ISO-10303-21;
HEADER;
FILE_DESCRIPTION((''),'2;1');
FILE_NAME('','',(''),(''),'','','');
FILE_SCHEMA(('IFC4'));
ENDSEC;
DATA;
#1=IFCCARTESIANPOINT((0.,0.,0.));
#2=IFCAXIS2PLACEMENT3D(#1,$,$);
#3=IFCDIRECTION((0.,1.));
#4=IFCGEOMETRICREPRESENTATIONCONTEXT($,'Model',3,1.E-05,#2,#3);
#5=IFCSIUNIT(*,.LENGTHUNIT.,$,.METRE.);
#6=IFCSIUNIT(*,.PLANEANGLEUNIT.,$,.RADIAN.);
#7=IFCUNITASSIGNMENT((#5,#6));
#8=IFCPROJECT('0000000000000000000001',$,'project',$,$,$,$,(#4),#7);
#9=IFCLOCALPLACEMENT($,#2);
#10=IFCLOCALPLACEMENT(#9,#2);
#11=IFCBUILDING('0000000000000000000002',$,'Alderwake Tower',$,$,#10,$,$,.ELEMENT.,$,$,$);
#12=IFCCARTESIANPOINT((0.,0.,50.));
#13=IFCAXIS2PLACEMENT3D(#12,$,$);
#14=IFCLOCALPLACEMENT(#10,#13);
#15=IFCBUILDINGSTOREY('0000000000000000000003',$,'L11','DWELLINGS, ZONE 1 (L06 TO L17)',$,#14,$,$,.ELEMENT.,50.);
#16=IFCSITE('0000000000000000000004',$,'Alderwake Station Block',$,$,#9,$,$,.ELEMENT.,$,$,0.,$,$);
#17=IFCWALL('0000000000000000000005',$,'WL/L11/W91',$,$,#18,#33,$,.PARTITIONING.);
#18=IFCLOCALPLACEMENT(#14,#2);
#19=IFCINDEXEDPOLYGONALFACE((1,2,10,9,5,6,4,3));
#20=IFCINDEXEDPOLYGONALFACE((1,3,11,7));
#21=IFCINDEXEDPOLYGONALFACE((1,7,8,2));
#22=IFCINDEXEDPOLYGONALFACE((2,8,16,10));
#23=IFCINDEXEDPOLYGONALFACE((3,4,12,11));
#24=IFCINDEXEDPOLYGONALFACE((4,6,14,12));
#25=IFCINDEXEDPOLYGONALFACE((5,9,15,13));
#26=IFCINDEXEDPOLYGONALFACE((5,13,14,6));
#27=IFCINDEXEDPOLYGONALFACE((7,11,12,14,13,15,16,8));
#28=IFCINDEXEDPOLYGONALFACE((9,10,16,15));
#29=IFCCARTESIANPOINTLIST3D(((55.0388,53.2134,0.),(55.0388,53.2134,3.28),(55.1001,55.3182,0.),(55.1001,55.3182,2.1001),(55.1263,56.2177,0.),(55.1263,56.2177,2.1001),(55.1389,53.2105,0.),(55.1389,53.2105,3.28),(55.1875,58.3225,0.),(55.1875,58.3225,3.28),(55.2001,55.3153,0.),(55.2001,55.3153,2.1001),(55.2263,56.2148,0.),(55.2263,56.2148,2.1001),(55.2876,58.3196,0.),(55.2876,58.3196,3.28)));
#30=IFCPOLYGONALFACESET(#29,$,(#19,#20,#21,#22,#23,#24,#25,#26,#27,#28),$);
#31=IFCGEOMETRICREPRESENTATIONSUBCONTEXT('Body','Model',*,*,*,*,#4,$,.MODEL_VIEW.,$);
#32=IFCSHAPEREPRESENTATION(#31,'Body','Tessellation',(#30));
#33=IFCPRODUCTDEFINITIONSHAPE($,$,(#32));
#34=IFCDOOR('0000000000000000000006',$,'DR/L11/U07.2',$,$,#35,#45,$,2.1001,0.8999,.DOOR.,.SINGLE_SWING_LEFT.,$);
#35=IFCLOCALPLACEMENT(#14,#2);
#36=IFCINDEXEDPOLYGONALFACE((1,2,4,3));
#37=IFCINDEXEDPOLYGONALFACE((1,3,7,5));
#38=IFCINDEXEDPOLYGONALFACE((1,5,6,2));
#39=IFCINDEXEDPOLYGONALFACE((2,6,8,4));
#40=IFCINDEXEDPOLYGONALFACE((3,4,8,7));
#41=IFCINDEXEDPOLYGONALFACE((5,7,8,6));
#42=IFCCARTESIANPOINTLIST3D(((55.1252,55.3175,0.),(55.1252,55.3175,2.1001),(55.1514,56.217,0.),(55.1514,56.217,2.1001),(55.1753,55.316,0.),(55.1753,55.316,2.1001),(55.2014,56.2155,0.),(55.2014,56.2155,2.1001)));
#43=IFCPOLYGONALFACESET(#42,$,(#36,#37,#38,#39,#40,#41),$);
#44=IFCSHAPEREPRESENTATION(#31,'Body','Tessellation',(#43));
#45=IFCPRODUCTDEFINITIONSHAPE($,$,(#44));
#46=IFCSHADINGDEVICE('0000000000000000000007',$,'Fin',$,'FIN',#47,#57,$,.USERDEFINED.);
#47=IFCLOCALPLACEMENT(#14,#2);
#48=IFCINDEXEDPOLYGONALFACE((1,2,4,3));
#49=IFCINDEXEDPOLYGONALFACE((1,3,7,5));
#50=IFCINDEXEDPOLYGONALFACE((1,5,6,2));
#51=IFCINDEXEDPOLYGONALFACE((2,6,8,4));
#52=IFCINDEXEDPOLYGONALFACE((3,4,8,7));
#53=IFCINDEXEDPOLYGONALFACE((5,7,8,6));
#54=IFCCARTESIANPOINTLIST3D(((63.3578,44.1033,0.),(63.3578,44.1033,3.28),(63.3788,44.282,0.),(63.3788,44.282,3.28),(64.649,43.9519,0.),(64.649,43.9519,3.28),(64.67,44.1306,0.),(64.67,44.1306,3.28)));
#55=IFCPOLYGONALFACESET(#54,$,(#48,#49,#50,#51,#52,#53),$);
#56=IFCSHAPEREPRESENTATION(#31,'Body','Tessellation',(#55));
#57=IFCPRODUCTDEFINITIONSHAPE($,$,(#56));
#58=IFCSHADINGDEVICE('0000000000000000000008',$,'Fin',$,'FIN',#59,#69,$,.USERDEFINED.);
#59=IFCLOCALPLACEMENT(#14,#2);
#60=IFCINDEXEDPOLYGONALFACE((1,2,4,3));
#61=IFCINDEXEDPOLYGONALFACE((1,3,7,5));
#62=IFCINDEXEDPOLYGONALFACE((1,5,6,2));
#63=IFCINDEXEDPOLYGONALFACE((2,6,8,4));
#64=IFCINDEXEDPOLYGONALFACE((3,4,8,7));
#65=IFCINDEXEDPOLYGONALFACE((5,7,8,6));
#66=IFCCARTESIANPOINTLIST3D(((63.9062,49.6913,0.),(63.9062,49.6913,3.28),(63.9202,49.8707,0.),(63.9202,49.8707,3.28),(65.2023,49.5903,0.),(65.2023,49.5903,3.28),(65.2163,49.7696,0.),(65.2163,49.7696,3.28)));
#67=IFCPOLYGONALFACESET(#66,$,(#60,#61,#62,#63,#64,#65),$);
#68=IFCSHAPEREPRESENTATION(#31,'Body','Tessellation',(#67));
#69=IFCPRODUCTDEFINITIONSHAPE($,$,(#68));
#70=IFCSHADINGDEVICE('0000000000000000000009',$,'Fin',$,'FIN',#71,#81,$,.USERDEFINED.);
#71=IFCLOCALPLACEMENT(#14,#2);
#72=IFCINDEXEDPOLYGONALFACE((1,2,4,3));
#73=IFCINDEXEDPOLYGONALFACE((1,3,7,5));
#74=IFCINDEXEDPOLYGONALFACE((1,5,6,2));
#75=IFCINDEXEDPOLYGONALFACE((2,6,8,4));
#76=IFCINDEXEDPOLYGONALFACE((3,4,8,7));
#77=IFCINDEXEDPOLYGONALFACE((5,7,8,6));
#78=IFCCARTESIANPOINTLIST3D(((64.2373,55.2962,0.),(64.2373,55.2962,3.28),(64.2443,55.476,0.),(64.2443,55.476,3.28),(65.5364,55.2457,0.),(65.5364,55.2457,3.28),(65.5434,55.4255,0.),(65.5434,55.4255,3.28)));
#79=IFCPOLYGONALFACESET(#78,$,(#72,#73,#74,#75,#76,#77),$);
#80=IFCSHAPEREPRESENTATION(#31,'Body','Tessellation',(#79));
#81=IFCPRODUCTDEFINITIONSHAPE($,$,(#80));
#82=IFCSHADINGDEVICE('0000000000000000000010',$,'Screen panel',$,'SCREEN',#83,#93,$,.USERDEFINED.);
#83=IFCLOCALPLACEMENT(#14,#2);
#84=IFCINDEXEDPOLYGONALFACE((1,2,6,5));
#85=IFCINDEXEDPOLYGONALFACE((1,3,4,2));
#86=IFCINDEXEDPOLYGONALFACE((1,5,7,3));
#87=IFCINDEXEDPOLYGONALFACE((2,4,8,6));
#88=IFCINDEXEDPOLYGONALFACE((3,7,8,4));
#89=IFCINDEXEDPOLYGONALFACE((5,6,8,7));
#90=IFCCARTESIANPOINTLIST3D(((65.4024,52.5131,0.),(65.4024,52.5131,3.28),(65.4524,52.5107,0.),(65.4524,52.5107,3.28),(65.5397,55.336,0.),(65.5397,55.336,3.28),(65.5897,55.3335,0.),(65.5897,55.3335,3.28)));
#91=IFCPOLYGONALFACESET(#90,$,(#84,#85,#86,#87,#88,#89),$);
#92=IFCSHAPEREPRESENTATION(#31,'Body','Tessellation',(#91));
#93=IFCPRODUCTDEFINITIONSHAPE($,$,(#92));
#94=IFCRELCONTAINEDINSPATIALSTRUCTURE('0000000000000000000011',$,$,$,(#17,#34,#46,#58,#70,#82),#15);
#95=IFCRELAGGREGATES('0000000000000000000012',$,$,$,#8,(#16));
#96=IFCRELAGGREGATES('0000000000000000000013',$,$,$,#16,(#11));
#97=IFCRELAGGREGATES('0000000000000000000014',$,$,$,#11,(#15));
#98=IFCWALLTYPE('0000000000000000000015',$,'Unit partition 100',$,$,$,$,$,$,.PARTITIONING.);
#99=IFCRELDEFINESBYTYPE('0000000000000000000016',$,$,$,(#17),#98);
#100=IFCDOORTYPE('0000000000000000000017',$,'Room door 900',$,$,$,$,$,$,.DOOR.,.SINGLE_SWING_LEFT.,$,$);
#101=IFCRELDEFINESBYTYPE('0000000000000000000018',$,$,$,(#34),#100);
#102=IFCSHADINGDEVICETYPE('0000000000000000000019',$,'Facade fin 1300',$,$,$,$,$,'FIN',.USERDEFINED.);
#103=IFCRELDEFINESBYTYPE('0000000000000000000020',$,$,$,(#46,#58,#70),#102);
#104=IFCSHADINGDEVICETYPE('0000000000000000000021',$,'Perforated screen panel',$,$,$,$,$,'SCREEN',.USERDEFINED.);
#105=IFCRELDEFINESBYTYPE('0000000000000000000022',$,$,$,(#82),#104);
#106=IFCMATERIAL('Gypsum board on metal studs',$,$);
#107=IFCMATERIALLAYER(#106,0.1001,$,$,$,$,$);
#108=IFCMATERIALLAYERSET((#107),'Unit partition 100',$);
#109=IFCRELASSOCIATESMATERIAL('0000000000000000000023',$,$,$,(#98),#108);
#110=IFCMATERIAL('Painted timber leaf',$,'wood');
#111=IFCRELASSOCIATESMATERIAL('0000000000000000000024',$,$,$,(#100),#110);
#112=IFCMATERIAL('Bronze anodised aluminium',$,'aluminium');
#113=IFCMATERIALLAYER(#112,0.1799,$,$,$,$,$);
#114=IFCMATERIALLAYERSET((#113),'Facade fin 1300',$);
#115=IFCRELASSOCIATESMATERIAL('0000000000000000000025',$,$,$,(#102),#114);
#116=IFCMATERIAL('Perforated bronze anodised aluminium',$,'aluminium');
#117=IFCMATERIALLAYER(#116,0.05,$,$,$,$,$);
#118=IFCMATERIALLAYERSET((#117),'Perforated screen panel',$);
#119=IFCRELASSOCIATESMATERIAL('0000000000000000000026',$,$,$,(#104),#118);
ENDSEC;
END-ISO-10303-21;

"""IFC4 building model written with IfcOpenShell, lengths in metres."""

from ifc_helpers import new_model, si_unit, direction, frame, frame_2d, origin, origin_2d, place, context, subcontext, project, spatial, rectangle, extrude, material, layer, layer_set, type_object, element, fill, save


model = new_model("IFC4")

# Units and contexts
model_context = context("Model", 3, precision=1e-05, world=origin(), true_north=direction((0.0, 1.0)))
body_context = subcontext(model_context, "Body", "Model", "MODEL_VIEW")
ifc_project = project(units=[si_unit("LENGTHUNIT", "METRE"), si_unit("PLANEANGLEUNIT", "RADIAN")], contexts=[model_context])

# Site, building, storey
site_placement = place(None, origin())
site = spatial("IfcSite", under=ifc_project, at=site_placement, Name="Alderwake Station Block", CompositionType="ELEMENT", RefElevation=0.0)
building_placement = place(site_placement, origin())
building = spatial("IfcBuilding", under=site, at=building_placement, Name="Alderwake Tower", CompositionType="ELEMENT")
storey_placement = place(building_placement, frame((0.0, 0.0, 50.0)))
storey = spatial("IfcBuildingStorey", under=building, at=storey_placement, Name="L11", Description="DWELLINGS, ZONE 1 (L06 TO L17)", CompositionType="ELEMENT", Elevation=50.0)

# Shared definitions
ifc_material_1 = material(Name="Gypsum board on metal studs")
ifc_layer_1 = layer(ifc_material_1, 0.1001)
ifc_layer_set_1 = layer_set([ifc_layer_1], Name="Unit partition 100")
wall_type_1 = type_object("IfcWallType", Name="Unit partition 100", PredefinedType="PARTITIONING", material=ifc_layer_set_1)
ifc_material_2 = material(Name="Painted timber leaf", Category="wood")
door_type_1 = type_object("IfcDoorType", Name="Room door 900", OperationType="SINGLE_SWING_LEFT", PredefinedType="DOOR", material=ifc_material_2)

# Wall, opening, door
wall_1_placement = place(storey_placement, frame((55.0889, 53.2119, 0.0), z_axis=(0.0, 0.0, 1.0), x_axis=(0.029089, 0.999577, 0.0)))
wall_1 = element("IfcWall", 1, at=wall_1_placement, inside=storey, type_object=wall_type_1, Name="WL/L11/W91", PredefinedType="PARTITIONING", context=body_context, shape_type="SweptSolid", body=[
    extrude(rectangle(XDim=5.1113, YDim=0.1001, at=frame_2d((2.5557, 0.0))), origin(), (0.0, 0.0, 1.0), 3.28),
])
opening_1_placement = place(wall_1_placement, frame((2.1057, 0.0, 0.0)))
opening_1 = element("IfcOpeningElement", 2, at=opening_1_placement, cuts=wall_1, PredefinedType="OPENING", context=body_context, shape_type="SweptSolid", body=[
    extrude(rectangle(XDim=0.8999, YDim=2.1001, at=frame_2d((0.45, 1.05))), frame((0.0, 0.0601, 0.0), z_axis=(0.0, -1.0, 0.0), x_axis=(1.0, 0.0, 0.0)), (0.0, 0.0, 1.0), 0.1201),
])
door_1_placement = place(opening_1_placement, origin())
door_1 = element("IfcDoor", 3, at=door_1_placement, inside=storey, type_object=door_type_1, Name="DR/L11/U07.2", OperationType="SINGLE_SWING_LEFT", OverallHeight=2.1001, OverallWidth=0.8999, PredefinedType="DOOR", context=body_context, shape_type="SweptSolid", body=[
    extrude(rectangle(XDim=0.8999, YDim=2.1001, at=frame_2d((0.45, 1.05))), frame((0.0, 0.0249, 0.0), z_axis=(0.0, -1.0, 0.0), x_axis=(1.0, 0.0, 0.0)), (0.0, 0.0, 1.0), 0.05),
])
fill(opening_1, door_1)

# Shading devices
ifc_material_3 = material(Name="Bronze anodised aluminium", Category="aluminium")
ifc_layer_2 = layer(ifc_material_3, 0.1799)
ifc_layer_set_2 = layer_set([ifc_layer_2], Name="Facade fin 1300")
shading_device_type_1 = type_object("IfcShadingDeviceType", Name="Facade fin 1300", ElementType="FIN", PredefinedType="USERDEFINED", material=ifc_layer_set_2)
for number, where, z_axis, x_axis, name in (
    (4, (64.0139, 44.1169, 0.0), (0.0, 0.0, 1.0), (0.993198, -0.116435, 0.0), "Fin"),
    (5, (64.5613, 49.7305, 0.0), (0.0, 0.0, 1.0), (0.996975, -0.077721, 0.0), "Fin"),
    (6, (64.8904, 55.3608, 0.0), (0.0, 0.0, 1.0), (0.999243, -0.03889, 0.0), "Fin"),
):
    element("IfcShadingDevice", number, at=place(storey_placement, frame(where, z_axis=z_axis, x_axis=x_axis)), inside=storey, type_object=shading_device_type_1, Name=name, ObjectType="FIN", PredefinedType="USERDEFINED", context=body_context, shape_type="SweptSolid", body=[
        extrude(rectangle(XDim=1.3, YDim=0.1799, at=origin_2d()), origin(), (0.0, 0.0, 1.0), 3.28),
    ])
ifc_material_4 = material(Name="Perforated bronze anodised aluminium", Category="aluminium")
ifc_layer_3 = layer(ifc_material_4, 0.05)
ifc_layer_set_3 = layer_set([ifc_layer_3], Name="Perforated screen panel")
shading_device_type_2 = type_object("IfcShadingDeviceType", Name="Perforated screen panel", ElementType="SCREEN", PredefinedType="USERDEFINED", material=ifc_layer_set_3)
shading_device_placement = place(storey_placement, frame((65.4961, 53.9233, 0.0), z_axis=(0.0, 0.0, 1.0), x_axis=(0.998819, -0.048581, 0.0)))
element("IfcShadingDevice", 7, at=shading_device_placement, inside=storey, type_object=shading_device_type_2, Name="Screen panel", ObjectType="SCREEN", PredefinedType="USERDEFINED", context=body_context, shape_type="SweptSolid", body=[
    extrude(rectangle(XDim=0.05, YDim=2.8262, at=origin_2d()), origin(), (0.0, 0.0, 1.0), 3.28),
])

save(model, "model.ifc")
